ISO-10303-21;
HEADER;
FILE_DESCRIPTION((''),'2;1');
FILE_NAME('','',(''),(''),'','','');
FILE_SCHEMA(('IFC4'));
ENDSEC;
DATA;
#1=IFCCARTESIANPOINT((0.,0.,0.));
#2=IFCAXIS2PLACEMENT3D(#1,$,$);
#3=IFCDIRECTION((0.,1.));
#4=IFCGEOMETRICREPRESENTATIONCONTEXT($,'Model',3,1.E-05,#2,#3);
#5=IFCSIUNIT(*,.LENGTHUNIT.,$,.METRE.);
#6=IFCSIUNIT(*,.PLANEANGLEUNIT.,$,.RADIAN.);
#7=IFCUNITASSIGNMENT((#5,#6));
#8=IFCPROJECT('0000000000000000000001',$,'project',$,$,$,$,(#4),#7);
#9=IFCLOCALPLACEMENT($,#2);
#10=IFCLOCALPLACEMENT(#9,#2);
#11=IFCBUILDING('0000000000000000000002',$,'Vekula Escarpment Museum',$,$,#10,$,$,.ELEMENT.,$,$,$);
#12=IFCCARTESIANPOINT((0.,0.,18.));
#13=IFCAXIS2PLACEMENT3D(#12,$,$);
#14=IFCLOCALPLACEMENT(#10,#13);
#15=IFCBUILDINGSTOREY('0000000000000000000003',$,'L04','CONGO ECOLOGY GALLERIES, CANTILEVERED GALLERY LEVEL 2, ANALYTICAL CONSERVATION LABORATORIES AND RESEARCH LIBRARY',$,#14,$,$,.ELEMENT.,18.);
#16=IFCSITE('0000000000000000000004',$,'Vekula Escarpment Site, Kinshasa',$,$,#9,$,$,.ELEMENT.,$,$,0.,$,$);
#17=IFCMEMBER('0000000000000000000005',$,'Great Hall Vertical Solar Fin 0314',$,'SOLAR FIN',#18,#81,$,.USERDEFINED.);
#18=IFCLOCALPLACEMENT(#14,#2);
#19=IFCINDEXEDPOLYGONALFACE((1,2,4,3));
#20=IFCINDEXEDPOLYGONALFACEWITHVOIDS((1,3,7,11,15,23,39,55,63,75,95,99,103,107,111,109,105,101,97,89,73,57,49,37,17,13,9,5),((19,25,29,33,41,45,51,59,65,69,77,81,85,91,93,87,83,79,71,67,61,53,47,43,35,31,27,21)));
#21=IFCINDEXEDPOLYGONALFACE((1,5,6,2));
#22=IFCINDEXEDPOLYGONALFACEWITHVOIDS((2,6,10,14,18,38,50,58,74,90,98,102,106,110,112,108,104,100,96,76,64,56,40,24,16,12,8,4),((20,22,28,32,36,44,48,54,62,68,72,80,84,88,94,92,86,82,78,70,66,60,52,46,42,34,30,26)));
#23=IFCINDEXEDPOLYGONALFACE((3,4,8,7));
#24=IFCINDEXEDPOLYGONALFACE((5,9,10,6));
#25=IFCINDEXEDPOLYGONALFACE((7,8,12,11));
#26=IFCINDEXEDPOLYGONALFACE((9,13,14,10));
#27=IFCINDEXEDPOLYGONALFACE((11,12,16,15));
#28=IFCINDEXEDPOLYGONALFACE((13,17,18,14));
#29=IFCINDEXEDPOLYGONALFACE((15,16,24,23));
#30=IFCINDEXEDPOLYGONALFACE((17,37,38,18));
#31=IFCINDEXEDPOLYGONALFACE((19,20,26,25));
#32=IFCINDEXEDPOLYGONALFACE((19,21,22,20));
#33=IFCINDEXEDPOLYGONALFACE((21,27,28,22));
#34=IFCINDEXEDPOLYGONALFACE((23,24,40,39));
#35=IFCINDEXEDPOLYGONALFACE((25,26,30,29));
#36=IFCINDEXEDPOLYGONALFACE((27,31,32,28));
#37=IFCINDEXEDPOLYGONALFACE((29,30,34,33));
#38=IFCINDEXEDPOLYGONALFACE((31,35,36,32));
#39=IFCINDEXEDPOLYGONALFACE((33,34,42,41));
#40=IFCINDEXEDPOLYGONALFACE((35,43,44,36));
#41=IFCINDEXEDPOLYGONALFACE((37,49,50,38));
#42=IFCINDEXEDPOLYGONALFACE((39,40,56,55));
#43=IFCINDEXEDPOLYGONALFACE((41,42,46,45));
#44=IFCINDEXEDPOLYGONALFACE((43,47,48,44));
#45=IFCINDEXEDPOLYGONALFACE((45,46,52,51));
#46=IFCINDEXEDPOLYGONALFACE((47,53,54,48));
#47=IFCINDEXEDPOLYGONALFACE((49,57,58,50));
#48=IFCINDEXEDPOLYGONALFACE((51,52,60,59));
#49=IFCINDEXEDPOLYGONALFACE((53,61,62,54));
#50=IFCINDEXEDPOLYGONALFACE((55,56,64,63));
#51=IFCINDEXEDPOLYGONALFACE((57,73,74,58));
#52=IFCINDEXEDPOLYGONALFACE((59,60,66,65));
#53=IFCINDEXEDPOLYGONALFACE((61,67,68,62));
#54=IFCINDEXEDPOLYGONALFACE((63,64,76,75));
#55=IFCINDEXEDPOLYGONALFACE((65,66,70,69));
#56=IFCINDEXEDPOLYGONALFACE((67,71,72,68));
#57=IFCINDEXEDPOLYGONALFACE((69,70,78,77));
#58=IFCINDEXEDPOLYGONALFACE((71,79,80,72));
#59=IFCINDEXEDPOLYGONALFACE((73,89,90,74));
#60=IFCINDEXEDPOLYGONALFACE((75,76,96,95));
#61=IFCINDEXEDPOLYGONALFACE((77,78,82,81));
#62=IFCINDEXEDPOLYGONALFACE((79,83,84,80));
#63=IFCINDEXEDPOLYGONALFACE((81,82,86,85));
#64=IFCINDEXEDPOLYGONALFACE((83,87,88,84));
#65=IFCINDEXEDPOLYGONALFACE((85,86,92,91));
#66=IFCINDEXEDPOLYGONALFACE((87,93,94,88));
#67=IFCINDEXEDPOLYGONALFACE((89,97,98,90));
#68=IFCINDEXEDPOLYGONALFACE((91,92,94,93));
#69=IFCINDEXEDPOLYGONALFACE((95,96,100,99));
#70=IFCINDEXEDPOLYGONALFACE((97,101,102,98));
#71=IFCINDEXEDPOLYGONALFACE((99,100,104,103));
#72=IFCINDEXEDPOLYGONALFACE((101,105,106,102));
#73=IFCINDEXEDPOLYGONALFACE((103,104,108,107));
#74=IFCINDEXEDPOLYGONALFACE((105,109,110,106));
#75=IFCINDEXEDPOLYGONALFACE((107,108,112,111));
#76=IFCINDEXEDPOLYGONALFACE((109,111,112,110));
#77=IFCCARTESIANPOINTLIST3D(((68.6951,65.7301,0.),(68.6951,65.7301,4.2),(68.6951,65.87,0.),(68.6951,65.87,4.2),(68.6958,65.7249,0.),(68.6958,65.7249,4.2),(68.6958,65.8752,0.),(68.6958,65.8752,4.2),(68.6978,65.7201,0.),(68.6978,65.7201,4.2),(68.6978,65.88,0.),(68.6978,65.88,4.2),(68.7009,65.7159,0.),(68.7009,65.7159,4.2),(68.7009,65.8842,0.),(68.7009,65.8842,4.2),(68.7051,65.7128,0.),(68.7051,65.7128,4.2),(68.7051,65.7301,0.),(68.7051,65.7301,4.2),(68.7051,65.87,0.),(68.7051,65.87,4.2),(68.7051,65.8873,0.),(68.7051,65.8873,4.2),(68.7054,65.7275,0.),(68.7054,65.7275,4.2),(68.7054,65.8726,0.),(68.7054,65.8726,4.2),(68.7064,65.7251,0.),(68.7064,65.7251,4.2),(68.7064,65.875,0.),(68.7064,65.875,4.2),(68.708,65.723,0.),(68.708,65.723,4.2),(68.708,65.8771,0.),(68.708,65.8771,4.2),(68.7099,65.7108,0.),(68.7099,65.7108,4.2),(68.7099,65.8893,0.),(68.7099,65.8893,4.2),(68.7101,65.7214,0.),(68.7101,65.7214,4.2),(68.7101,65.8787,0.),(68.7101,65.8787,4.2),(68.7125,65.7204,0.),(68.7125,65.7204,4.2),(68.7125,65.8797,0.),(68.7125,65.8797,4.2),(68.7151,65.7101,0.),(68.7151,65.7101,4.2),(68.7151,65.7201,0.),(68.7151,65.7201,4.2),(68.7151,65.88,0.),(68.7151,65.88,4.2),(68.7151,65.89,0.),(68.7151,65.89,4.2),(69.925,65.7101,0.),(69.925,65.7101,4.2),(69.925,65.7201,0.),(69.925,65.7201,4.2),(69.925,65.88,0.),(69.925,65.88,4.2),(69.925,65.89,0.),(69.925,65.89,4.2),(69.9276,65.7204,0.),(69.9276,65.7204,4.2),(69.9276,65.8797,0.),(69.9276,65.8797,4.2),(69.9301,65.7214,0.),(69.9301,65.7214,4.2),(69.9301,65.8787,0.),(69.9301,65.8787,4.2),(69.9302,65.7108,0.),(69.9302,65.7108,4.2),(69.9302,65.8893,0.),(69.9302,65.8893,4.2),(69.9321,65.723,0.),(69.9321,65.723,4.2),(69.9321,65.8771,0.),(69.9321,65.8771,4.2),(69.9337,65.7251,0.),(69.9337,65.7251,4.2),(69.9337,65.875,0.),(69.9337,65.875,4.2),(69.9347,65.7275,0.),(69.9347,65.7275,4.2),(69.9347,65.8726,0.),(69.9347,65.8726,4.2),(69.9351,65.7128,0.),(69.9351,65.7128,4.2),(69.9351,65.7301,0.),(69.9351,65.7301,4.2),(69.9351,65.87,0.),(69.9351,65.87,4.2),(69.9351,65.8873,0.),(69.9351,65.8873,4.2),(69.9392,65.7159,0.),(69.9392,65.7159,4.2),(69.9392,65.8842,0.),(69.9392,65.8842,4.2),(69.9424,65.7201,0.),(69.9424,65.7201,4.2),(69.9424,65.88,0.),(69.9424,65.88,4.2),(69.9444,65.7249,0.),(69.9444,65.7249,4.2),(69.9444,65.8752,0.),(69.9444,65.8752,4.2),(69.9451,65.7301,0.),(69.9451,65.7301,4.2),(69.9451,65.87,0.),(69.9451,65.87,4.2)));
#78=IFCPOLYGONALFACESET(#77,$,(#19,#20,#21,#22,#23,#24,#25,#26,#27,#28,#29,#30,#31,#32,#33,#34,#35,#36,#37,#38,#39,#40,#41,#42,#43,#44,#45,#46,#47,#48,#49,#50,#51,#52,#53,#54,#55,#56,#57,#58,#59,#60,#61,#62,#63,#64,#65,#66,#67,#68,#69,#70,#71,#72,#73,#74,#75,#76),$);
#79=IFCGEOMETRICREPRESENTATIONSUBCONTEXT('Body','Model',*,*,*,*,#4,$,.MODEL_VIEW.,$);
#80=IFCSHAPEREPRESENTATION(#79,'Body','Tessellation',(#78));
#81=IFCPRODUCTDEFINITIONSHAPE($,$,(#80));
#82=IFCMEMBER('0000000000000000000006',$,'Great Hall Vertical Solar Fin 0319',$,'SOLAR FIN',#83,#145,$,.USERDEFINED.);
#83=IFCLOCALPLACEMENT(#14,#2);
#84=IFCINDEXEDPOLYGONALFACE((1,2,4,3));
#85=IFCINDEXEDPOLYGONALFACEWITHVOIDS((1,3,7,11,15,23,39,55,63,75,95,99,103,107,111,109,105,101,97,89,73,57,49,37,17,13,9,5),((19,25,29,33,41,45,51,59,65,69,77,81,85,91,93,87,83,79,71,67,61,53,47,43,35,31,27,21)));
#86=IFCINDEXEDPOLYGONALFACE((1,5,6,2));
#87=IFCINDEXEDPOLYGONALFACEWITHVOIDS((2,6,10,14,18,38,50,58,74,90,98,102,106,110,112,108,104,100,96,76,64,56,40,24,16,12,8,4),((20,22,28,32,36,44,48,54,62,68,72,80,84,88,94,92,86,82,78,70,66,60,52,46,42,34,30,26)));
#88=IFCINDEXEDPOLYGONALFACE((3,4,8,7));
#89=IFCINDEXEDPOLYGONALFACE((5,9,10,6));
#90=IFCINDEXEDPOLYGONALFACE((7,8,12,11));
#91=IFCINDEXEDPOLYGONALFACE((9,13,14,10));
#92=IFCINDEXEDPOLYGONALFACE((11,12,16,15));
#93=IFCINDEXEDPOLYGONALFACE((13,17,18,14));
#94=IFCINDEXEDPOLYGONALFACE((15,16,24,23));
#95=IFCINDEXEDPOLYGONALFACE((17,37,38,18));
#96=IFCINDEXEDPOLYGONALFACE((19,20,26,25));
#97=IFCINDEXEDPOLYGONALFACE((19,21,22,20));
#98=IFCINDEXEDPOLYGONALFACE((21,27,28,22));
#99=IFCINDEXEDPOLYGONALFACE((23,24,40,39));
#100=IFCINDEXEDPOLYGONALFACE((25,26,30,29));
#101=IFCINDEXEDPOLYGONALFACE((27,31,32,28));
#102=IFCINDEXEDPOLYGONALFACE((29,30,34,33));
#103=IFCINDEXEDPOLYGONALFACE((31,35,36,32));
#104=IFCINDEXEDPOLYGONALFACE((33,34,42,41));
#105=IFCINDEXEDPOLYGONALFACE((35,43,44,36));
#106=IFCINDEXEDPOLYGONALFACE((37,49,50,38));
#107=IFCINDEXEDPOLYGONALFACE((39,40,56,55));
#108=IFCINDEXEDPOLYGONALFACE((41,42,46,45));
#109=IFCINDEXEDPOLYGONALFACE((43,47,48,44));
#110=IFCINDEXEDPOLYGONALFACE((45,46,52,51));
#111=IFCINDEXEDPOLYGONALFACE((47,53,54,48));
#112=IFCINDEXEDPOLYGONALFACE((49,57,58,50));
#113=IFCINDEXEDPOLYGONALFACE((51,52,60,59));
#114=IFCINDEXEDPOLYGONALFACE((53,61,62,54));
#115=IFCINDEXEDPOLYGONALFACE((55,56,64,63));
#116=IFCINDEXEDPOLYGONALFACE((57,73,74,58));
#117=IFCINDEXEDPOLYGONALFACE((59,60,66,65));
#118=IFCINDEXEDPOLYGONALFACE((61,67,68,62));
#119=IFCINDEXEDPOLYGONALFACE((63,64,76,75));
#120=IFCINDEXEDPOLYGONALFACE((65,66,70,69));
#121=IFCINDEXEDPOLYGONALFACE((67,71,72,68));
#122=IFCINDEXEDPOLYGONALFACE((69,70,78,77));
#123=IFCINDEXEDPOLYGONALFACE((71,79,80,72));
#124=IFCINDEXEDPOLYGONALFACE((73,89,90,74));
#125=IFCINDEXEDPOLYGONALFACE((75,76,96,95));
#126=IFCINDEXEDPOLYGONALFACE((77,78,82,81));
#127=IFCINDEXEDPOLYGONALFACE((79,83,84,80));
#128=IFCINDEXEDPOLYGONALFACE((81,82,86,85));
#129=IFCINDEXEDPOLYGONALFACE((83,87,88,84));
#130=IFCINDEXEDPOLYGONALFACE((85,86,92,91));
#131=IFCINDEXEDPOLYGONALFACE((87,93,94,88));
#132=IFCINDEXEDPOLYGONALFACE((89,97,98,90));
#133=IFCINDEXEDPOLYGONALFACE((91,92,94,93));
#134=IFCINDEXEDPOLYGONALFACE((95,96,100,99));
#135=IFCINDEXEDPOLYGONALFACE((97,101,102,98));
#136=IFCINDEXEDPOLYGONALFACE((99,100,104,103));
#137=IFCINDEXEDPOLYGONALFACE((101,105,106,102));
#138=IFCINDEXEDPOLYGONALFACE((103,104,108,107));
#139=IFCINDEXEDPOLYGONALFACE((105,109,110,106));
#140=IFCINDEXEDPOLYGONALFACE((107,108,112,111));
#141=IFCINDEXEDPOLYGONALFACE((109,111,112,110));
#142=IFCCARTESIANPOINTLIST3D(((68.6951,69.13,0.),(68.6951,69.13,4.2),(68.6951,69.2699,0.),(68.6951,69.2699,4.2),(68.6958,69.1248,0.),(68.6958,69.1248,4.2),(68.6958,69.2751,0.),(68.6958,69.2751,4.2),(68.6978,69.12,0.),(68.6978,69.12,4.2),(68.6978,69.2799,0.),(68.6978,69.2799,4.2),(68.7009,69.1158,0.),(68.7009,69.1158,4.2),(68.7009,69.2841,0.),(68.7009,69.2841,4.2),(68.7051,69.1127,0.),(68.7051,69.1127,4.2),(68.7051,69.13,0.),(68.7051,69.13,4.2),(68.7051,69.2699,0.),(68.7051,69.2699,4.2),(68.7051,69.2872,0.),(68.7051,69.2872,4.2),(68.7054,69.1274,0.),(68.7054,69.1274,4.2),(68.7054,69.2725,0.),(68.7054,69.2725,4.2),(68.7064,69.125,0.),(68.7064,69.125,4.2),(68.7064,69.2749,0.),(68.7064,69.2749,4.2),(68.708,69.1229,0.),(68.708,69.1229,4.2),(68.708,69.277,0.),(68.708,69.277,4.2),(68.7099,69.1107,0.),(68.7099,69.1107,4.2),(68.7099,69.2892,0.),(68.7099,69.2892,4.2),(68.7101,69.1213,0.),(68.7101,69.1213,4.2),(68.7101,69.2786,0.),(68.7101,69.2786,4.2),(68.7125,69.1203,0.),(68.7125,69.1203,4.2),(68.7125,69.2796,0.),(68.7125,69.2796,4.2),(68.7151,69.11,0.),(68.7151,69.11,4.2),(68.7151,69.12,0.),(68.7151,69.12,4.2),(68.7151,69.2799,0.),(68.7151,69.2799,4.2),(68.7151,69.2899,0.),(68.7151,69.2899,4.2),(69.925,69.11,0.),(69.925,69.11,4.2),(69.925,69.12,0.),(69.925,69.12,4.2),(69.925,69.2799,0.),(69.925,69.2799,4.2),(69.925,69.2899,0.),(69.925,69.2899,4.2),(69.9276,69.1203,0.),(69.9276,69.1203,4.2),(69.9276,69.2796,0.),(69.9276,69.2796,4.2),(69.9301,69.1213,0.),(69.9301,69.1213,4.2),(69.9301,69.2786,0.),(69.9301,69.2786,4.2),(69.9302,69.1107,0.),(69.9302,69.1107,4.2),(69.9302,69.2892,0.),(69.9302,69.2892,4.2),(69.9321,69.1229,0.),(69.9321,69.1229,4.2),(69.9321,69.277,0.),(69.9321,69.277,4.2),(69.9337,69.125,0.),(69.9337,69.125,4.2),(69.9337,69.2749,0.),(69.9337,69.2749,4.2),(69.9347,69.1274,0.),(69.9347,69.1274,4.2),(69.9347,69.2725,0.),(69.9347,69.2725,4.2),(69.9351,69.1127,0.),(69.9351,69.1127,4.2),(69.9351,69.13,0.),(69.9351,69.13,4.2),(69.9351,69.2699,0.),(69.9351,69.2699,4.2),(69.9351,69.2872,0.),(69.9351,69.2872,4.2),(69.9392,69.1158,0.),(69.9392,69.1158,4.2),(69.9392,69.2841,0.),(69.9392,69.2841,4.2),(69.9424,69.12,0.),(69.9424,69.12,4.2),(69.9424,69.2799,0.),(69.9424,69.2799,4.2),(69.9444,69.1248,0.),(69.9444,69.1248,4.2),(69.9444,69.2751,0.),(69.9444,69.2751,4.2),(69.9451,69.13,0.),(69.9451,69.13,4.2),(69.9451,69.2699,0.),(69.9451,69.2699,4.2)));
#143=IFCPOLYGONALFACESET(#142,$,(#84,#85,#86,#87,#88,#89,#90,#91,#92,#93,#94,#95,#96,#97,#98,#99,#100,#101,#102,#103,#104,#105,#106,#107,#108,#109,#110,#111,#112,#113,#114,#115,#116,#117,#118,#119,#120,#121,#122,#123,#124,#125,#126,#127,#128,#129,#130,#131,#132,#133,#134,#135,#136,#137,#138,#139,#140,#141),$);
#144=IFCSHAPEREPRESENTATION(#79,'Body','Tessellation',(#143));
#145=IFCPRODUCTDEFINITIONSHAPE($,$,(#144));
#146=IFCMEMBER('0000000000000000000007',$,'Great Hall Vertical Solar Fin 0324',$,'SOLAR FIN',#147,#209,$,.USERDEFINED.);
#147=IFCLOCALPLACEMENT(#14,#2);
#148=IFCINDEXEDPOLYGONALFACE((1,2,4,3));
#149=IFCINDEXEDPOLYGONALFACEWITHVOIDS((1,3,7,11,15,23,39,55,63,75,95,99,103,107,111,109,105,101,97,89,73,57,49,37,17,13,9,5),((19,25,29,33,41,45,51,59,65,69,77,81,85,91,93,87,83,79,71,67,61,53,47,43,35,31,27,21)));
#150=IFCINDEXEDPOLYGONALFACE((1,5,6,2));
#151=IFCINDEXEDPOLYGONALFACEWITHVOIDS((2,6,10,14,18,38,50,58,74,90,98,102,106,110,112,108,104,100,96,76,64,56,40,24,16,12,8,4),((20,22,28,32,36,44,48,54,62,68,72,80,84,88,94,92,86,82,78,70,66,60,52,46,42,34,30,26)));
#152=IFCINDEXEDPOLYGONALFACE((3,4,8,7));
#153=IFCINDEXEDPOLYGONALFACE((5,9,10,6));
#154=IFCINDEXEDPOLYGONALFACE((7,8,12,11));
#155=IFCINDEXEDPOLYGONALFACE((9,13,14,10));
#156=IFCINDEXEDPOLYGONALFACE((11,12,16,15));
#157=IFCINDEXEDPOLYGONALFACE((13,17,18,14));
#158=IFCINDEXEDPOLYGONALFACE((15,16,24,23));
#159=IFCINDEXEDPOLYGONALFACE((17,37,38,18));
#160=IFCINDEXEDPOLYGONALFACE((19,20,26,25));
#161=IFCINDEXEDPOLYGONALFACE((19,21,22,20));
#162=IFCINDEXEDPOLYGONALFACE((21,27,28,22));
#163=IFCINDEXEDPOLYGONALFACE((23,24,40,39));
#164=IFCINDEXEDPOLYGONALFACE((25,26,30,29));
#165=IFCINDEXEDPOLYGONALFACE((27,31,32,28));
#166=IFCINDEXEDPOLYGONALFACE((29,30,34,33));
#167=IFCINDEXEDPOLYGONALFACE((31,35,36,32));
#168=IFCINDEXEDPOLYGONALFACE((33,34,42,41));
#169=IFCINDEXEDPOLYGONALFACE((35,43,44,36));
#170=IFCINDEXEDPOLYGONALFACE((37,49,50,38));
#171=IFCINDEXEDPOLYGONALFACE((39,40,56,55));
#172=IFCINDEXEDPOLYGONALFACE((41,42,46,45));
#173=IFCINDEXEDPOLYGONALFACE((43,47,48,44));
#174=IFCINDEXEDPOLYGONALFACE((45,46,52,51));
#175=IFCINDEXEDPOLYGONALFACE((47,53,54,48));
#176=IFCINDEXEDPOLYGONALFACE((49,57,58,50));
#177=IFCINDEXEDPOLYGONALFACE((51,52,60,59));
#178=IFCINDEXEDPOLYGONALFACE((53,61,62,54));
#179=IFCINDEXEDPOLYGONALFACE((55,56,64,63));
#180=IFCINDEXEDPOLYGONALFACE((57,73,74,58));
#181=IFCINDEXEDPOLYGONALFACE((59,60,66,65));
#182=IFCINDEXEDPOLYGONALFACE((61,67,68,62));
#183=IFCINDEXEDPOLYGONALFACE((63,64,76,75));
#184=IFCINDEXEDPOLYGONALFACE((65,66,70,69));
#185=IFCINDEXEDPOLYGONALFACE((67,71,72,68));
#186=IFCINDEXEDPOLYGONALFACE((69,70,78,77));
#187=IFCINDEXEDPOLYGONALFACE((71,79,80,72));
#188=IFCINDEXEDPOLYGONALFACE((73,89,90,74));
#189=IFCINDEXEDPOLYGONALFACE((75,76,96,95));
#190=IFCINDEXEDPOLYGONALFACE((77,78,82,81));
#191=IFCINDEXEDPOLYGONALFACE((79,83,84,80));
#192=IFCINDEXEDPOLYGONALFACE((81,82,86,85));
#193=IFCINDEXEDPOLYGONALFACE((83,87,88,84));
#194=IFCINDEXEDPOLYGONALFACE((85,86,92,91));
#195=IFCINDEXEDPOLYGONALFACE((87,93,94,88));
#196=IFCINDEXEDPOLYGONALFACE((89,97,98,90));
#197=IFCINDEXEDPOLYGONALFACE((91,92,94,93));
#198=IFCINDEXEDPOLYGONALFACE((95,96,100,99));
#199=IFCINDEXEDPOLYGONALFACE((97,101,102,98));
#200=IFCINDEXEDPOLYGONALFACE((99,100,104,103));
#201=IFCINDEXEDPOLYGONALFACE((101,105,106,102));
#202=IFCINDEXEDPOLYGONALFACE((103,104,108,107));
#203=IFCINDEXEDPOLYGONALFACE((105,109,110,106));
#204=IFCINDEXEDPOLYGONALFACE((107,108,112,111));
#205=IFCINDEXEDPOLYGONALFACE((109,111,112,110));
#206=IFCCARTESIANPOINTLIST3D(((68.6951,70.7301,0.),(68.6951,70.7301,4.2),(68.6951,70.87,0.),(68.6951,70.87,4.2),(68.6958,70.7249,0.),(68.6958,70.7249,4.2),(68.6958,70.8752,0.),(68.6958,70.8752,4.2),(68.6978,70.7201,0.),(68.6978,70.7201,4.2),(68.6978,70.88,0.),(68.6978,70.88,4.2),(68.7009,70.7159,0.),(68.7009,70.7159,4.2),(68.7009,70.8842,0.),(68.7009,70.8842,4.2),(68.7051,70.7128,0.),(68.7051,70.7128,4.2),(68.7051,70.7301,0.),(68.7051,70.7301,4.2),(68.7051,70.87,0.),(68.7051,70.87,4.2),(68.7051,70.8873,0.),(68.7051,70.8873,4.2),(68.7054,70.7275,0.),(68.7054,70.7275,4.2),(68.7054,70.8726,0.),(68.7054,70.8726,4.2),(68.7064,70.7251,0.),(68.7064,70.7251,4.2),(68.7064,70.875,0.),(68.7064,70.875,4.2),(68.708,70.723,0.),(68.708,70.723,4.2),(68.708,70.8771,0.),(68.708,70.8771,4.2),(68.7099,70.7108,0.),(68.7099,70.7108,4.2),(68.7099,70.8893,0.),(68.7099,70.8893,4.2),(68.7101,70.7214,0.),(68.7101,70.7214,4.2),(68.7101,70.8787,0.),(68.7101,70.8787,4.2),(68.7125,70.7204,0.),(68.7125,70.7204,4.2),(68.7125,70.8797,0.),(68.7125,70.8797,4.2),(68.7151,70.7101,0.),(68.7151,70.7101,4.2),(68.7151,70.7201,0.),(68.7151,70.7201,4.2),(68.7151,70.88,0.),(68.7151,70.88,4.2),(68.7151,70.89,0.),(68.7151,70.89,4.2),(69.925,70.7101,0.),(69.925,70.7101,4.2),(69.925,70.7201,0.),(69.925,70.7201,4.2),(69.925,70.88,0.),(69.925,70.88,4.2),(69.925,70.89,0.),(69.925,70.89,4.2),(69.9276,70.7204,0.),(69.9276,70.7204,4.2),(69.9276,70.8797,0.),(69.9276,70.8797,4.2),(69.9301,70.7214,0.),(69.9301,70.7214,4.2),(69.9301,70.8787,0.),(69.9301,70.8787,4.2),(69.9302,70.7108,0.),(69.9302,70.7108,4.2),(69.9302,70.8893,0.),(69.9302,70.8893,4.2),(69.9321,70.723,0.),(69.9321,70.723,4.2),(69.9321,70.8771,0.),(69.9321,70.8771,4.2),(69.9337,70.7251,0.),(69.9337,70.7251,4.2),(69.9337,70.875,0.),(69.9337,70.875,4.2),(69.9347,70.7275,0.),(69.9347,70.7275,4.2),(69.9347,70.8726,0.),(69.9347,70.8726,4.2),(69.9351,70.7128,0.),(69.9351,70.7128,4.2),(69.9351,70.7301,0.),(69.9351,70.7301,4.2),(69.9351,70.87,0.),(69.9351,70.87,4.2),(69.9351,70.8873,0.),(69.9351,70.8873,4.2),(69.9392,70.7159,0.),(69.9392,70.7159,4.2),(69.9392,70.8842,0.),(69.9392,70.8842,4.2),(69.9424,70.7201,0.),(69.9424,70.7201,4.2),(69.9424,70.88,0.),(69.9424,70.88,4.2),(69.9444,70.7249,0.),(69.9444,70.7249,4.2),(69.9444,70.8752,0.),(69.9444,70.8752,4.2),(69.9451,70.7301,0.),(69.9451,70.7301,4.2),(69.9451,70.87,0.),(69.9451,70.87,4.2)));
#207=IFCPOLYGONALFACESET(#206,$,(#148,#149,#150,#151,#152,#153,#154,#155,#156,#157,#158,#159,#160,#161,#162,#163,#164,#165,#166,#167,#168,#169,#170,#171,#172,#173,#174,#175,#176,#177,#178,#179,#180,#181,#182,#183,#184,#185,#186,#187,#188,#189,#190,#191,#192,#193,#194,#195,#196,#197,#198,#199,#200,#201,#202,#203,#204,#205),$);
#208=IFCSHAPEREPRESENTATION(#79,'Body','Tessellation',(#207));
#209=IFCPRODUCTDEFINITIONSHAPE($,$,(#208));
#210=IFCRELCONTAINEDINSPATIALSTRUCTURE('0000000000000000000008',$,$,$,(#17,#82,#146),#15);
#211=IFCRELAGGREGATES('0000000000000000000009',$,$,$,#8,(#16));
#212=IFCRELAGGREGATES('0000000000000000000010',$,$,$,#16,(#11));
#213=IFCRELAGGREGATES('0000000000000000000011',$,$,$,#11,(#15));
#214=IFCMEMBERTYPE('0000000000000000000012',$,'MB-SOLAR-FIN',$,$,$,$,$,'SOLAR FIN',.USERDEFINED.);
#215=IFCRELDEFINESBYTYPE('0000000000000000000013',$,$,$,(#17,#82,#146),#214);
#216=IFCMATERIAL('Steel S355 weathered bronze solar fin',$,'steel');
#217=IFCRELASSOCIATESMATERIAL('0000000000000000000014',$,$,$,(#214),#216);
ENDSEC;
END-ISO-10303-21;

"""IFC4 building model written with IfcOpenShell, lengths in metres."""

from ifc_helpers import new_model, si_unit, direction, frame, origin, origin_2d, place, context, subcontext, project, spatial, hollow_rectangle, extrude, material, material_profile, profile_set, type_object, element, save


model = new_model("IFC4")

# Units and contexts
model_context = context("Model", 3, precision=1e-05, world=origin(), true_north=direction((0.0, 1.0)))
body_context = subcontext(model_context, "Body", "Model", "MODEL_VIEW")
ifc_project = project(units=[si_unit("LENGTHUNIT", "METRE"), si_unit("PLANEANGLEUNIT", "RADIAN")], contexts=[model_context])

# Site, building, storey
site_placement = place(None, origin())
site = spatial("IfcSite", under=ifc_project, at=site_placement, Name="Vekula Escarpment Site, Kinshasa", CompositionType="ELEMENT", RefElevation=0.0)
building_placement = place(site_placement, origin())
building = spatial("IfcBuilding", under=site, at=building_placement, Name="Vekula Escarpment Museum", CompositionType="ELEMENT")
storey_placement = place(building_placement, frame((0.0, 0.0, 18.0)))
storey = spatial("IfcBuildingStorey", under=building, at=storey_placement, Name="L04", Description="CONGO ECOLOGY GALLERIES, CANTILEVERED GALLERY LEVEL 2, ANALYTICAL CONSERVATION LABORATORIES AND RESEARCH LIBRARY", CompositionType="ELEMENT", Elevation=18.0)

# Members
ifc_material_1 = material(Name="Steel S355 weathered bronze solar fin", Category="steel")
ifc_material_profile_1 = material_profile(ifc_material_1, hollow_rectangle(XDim=0.1799, YDim=1.25, WallThickness=0.01, InnerFilletRadius=0.01, OuterFilletRadius=0.02, at=origin_2d()), Name="RHS 1250x180x10")
ifc_profile_set_1 = profile_set([ifc_material_profile_1], Name="Steel S355 weathered bronze solar fin")
member_type = type_object("IfcMemberType", Name="MB-SOLAR-FIN", ElementType="SOLAR FIN", PredefinedType="USERDEFINED", material=ifc_profile_set_1)
for number, where, z_axis, x_axis, name in (
    (1, (69.3201, 65.8, 0.0), (0.0, 0.0, 1.0), (0.0, 1.0, 0.0), "Great Hall Vertical Solar Fin 0314"),
    (2, (69.3201, 69.2, 0.0), (0.0, 0.0, 1.0), (0.0, 1.0, 0.0), "Great Hall Vertical Solar Fin 0319"),
    (3, (69.3201, 70.8, 0.0), (0.0, 0.0, 1.0), (0.0, 1.0, 0.0), "Great Hall Vertical Solar Fin 0324"),
):
    element("IfcMember", number, at=place(storey_placement, frame(where, z_axis=z_axis, x_axis=x_axis)), inside=storey, type_object=member_type, Name=name, ObjectType="SOLAR FIN", PredefinedType="USERDEFINED", context=body_context, shape_type="SweptSolid", body=[
        extrude(hollow_rectangle(XDim=0.1799, YDim=1.25, WallThickness=0.01, InnerFilletRadius=0.01, OuterFilletRadius=0.02, at=origin_2d()), origin(), (0.0, 0.0, 1.0), 4.2),
    ])

save(model, "model.ifc")
